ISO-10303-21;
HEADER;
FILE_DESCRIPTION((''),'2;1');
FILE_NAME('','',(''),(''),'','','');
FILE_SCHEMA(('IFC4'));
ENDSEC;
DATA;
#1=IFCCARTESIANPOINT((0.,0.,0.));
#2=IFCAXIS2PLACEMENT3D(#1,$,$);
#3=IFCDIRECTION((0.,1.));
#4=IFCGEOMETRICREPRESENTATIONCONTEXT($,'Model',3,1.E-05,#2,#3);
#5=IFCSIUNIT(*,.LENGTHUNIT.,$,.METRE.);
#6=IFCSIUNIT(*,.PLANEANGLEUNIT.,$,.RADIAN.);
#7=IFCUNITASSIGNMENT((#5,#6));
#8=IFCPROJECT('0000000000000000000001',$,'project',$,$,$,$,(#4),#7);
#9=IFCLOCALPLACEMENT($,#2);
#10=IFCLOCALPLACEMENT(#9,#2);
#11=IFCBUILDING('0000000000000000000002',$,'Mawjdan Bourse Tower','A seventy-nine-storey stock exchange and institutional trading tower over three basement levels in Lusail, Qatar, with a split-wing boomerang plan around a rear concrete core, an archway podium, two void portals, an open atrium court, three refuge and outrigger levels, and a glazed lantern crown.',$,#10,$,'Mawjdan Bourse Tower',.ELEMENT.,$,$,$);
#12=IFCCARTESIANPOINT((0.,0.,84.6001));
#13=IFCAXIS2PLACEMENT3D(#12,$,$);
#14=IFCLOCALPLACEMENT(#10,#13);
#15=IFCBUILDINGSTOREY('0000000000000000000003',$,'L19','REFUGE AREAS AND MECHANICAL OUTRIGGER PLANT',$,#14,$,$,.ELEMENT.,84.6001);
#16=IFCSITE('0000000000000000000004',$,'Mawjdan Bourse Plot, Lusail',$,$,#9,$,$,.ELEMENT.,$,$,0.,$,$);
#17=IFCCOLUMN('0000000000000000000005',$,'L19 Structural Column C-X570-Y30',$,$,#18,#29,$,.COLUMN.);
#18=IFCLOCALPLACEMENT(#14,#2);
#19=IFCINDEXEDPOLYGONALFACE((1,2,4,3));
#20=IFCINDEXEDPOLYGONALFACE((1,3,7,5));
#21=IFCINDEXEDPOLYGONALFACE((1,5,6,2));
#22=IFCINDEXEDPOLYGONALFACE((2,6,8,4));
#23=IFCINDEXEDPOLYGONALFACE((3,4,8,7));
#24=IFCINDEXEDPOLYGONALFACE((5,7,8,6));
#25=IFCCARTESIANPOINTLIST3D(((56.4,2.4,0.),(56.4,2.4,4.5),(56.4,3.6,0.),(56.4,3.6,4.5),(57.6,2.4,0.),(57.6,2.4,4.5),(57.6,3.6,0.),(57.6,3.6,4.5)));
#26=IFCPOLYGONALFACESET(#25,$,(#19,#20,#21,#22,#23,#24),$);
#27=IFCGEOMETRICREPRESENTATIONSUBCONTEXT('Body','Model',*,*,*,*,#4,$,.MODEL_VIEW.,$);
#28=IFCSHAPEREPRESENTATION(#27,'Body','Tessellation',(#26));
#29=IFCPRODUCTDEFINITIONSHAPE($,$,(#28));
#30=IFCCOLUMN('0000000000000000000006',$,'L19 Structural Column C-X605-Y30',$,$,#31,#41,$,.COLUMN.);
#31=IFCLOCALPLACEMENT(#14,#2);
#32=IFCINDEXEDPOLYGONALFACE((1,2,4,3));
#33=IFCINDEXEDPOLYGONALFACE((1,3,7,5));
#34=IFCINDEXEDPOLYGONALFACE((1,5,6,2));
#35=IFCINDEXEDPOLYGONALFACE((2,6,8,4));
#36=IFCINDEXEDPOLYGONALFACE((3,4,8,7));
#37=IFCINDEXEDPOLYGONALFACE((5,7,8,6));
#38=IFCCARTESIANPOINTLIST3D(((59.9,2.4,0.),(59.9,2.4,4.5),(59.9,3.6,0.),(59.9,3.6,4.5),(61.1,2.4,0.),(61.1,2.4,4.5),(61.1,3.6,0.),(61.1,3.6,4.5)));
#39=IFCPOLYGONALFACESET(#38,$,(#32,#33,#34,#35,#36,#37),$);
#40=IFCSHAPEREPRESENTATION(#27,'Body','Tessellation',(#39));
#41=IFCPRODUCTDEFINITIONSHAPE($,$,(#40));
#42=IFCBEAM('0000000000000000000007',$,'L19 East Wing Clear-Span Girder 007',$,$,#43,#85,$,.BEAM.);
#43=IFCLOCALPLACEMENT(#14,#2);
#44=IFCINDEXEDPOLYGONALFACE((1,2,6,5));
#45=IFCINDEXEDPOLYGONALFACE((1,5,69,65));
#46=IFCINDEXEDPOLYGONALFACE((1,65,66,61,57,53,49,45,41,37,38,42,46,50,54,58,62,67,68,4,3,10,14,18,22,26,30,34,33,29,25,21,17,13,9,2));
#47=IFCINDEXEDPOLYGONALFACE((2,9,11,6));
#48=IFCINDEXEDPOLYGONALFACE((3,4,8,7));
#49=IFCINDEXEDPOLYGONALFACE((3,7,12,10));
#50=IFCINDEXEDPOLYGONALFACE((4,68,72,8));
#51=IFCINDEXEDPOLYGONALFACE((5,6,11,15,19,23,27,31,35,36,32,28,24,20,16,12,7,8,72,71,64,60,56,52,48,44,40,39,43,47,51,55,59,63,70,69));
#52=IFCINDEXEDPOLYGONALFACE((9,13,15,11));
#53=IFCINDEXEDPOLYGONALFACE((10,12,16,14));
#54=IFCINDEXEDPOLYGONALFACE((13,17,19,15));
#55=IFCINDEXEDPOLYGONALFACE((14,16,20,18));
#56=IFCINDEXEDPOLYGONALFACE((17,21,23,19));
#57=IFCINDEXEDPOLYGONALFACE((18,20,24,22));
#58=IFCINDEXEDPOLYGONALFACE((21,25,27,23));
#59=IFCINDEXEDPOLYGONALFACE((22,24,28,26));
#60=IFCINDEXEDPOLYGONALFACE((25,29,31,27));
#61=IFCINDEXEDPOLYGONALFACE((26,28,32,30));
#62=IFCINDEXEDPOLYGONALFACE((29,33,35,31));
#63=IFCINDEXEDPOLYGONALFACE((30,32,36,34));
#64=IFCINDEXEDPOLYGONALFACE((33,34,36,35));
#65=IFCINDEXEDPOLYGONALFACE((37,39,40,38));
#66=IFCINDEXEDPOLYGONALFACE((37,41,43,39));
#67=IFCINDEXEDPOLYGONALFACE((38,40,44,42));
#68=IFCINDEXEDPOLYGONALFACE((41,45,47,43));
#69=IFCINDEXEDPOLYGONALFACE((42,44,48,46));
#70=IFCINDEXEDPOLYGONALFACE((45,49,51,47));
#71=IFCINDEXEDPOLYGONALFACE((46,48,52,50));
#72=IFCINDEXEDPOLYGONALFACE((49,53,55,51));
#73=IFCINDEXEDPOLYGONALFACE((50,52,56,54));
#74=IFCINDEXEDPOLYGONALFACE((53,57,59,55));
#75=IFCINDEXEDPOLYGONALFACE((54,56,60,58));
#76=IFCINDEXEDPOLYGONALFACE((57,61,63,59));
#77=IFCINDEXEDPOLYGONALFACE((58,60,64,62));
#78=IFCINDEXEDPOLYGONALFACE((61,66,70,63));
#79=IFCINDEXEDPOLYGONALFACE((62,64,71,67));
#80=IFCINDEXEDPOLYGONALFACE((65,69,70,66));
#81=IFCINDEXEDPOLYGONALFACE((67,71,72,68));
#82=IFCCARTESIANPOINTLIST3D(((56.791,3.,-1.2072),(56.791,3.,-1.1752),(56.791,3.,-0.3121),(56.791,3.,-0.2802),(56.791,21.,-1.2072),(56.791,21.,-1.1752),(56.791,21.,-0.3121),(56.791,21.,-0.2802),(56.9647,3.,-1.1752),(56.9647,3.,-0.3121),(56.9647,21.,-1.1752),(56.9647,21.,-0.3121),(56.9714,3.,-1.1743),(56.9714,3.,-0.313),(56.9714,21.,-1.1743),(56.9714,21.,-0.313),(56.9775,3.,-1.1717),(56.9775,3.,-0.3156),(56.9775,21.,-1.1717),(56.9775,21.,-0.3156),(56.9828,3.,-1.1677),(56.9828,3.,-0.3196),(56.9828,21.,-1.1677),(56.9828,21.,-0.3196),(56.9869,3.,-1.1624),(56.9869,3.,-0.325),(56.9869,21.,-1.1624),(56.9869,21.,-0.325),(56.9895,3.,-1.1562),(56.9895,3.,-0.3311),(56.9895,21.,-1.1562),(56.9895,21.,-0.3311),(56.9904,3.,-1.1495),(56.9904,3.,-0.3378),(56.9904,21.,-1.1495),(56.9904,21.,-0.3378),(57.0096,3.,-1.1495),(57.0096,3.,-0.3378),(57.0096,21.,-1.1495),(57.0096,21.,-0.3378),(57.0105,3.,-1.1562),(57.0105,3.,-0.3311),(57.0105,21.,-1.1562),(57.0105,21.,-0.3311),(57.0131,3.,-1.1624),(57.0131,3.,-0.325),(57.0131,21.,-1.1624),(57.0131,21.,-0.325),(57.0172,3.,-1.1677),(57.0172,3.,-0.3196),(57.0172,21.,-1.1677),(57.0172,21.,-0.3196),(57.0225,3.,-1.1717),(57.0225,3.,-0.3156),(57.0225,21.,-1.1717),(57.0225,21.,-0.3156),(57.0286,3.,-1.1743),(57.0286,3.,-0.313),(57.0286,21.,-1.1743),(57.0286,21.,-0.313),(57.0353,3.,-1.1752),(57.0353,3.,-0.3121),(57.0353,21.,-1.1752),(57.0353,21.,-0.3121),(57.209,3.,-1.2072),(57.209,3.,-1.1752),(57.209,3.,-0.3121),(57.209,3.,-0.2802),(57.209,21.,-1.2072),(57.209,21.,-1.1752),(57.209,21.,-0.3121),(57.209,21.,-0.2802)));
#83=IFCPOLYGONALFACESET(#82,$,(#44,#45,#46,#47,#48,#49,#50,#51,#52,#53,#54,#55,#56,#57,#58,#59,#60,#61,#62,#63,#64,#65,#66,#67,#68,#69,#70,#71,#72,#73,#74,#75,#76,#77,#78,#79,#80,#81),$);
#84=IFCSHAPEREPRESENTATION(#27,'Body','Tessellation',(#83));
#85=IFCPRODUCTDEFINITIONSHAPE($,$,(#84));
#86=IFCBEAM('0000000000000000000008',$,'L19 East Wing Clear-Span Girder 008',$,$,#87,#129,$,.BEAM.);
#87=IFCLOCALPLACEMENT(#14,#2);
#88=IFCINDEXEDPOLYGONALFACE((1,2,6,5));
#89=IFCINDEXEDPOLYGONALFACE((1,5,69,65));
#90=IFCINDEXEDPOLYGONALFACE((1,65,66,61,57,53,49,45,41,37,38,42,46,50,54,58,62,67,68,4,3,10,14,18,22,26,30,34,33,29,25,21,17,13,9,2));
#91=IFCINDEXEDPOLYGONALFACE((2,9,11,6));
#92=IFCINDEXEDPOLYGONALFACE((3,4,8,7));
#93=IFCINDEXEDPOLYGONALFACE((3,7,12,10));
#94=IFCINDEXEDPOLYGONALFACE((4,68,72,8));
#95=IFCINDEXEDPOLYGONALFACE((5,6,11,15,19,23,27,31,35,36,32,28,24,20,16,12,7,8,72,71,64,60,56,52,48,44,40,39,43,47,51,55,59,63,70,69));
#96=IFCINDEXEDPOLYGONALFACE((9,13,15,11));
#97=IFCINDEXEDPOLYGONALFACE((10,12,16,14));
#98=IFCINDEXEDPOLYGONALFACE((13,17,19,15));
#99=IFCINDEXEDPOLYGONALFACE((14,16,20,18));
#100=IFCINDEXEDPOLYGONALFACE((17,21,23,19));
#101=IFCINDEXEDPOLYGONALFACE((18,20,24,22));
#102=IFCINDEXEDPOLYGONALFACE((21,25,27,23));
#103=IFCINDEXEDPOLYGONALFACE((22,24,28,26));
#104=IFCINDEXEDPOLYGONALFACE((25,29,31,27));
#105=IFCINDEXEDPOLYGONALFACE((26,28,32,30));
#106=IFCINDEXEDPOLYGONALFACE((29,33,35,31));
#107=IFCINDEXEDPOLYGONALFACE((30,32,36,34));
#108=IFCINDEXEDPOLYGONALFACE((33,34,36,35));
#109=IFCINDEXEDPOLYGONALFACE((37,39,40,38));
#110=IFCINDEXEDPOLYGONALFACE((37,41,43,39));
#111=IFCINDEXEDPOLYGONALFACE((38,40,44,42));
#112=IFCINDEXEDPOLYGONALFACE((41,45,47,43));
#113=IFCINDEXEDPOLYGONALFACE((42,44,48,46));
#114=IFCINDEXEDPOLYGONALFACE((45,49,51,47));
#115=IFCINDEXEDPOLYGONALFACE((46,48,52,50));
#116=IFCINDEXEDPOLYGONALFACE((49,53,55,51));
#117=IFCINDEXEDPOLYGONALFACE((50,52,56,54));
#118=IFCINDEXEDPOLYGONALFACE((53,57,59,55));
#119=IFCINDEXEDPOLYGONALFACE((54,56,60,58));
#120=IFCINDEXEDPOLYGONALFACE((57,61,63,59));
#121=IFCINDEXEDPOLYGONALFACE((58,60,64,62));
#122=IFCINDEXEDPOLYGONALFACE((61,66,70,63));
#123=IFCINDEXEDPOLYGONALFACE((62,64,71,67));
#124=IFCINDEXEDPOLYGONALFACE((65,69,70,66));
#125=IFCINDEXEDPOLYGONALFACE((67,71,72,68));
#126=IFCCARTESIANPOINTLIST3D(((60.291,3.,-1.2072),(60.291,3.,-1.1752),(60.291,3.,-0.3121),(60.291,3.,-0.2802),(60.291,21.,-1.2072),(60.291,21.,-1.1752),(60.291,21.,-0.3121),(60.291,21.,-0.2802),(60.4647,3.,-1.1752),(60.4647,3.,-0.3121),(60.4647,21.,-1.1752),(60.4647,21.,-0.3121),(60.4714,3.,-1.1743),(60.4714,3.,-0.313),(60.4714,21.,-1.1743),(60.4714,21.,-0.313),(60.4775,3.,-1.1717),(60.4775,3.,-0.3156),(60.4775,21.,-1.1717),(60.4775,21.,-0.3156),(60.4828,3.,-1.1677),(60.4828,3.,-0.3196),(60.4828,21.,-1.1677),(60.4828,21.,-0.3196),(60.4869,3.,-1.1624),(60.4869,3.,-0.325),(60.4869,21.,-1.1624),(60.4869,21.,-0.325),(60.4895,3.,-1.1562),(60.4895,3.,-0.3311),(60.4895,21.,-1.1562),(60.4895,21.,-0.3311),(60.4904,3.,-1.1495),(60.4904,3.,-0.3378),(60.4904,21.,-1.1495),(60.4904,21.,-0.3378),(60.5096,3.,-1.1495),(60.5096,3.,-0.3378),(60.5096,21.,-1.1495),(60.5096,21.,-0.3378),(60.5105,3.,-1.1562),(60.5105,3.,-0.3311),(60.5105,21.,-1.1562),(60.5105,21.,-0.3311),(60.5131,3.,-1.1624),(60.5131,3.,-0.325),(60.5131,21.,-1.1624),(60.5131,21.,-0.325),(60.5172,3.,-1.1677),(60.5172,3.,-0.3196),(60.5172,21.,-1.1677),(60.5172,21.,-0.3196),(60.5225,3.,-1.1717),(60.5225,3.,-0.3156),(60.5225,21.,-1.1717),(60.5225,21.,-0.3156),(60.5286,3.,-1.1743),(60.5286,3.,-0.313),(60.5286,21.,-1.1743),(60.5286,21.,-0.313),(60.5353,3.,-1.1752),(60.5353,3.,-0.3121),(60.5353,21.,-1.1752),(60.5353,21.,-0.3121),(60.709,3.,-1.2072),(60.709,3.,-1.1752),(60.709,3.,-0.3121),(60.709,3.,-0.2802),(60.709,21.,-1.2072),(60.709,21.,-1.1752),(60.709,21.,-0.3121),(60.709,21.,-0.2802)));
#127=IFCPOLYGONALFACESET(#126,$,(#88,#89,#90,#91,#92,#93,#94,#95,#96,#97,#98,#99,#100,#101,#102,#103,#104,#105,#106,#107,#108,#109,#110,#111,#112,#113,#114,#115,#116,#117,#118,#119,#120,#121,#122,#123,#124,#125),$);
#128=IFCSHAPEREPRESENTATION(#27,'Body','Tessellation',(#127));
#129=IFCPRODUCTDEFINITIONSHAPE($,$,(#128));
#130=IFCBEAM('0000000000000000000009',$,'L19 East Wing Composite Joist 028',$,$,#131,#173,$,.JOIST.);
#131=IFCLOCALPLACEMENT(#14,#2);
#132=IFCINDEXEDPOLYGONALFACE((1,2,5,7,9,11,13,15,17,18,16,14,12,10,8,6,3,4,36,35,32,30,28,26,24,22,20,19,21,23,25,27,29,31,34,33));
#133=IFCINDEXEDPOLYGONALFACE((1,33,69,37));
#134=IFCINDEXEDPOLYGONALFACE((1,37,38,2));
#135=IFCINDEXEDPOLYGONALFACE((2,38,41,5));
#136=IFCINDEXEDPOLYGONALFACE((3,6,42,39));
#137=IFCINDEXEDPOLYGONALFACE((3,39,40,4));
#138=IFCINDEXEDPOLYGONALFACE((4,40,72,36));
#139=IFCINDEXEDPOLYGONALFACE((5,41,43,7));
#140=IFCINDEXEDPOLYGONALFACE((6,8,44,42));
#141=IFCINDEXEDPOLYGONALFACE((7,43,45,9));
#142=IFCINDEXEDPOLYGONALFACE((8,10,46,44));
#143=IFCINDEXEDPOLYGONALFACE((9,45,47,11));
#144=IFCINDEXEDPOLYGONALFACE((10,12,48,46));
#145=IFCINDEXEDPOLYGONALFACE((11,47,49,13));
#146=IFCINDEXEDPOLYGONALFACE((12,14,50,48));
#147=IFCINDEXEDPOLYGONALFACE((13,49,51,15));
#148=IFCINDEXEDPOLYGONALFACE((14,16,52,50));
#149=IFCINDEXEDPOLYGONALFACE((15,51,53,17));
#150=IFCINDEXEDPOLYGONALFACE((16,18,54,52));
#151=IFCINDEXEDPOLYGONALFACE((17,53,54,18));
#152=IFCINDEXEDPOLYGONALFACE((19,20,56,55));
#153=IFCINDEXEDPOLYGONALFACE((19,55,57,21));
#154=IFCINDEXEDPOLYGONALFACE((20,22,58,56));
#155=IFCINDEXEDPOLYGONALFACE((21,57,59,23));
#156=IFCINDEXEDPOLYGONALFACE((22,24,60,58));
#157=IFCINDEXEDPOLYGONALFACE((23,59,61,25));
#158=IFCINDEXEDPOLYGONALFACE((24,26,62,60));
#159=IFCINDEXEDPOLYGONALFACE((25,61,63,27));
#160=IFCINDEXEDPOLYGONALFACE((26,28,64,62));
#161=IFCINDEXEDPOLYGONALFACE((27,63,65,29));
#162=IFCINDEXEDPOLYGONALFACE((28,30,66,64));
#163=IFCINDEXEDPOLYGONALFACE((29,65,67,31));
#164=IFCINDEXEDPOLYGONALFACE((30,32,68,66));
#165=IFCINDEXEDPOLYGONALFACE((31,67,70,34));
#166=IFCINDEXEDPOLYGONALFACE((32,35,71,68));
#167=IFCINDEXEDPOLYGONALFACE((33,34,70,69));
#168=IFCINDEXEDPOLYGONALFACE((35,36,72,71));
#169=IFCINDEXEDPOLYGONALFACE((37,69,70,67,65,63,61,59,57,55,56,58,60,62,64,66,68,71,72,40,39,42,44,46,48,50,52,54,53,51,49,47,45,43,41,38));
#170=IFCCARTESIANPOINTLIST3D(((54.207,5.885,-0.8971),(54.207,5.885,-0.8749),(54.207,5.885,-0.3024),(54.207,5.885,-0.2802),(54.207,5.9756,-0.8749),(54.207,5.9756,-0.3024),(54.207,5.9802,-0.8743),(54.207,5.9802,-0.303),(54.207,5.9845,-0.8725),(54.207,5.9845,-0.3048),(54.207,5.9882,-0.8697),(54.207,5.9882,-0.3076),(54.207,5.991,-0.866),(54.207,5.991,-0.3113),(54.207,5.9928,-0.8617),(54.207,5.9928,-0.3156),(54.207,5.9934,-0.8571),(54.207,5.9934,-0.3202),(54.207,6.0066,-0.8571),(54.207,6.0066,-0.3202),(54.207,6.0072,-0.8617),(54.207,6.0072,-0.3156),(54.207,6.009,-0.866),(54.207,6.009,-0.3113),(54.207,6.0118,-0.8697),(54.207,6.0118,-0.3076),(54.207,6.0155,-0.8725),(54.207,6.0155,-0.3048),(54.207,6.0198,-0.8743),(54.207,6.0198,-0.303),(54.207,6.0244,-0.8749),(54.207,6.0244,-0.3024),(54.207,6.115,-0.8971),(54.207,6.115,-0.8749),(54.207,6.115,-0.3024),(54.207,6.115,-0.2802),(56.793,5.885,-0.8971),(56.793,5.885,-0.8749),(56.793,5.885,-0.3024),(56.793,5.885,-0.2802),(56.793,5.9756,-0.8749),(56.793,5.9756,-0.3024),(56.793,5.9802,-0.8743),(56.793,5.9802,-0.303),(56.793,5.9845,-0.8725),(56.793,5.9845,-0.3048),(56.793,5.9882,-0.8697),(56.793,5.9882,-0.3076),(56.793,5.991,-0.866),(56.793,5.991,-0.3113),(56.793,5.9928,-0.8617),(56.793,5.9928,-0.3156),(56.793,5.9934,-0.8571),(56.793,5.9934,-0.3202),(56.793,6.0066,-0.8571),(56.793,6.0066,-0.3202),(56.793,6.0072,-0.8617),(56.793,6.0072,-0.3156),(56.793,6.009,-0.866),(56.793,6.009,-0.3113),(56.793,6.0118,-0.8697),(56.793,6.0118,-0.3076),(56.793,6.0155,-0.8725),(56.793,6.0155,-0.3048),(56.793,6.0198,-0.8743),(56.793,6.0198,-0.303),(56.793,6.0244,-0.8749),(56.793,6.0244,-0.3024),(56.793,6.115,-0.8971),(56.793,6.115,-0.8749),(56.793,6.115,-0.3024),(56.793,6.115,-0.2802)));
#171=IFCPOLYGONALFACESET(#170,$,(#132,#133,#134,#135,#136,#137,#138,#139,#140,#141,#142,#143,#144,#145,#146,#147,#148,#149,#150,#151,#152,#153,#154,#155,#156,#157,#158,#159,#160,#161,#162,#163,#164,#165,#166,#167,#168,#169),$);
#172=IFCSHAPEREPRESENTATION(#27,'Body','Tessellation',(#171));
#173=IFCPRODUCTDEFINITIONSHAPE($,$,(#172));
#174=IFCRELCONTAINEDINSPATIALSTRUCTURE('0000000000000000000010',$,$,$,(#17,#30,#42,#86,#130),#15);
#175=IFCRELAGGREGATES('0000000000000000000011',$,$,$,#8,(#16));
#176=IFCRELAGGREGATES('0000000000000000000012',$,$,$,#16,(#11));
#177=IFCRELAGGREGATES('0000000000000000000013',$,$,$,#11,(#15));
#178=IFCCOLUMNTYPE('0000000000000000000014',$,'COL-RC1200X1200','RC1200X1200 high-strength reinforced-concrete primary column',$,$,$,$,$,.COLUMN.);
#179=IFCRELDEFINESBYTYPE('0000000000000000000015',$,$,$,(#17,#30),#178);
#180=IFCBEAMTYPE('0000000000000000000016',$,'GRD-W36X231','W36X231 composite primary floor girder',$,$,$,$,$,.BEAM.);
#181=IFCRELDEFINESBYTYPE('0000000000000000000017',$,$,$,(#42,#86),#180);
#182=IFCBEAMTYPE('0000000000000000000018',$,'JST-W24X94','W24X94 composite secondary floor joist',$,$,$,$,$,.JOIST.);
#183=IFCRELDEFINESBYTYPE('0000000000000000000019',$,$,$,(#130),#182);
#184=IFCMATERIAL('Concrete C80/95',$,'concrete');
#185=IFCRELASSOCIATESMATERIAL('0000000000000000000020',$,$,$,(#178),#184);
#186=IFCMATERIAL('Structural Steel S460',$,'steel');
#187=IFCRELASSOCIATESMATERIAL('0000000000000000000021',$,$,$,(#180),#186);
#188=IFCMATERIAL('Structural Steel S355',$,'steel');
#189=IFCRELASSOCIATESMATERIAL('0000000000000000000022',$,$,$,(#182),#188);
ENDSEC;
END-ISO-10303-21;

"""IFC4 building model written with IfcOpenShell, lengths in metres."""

from ifc_helpers import new_model, si_unit, direction, frame, origin, origin_2d, place, context, subcontext, project, spatial, rectangle, i_section, extrude, material, material_profile, profile_set, type_object, element, save


model = new_model("IFC4")

# Units and contexts
model_context = context("Model", 3, precision=1e-05, world=origin(), true_north=direction((0.0, 1.0)))
body_context = subcontext(model_context, "Body", "Model", "MODEL_VIEW")
ifc_project = project(units=[si_unit("LENGTHUNIT", "METRE"), si_unit("PLANEANGLEUNIT", "RADIAN")], contexts=[model_context])

# Site, building, storey
site_placement = place(None, origin())
site = spatial("IfcSite", under=ifc_project, at=site_placement, Name="Mawjdan Bourse Plot, Lusail", CompositionType="ELEMENT", RefElevation=0.0)
building_placement = place(site_placement, origin())
building = spatial("IfcBuilding", under=site, at=building_placement, Name="Mawjdan Bourse Tower", Description="A seventy-nine-storey stock exchange and institutional trading tower over three basement levels in Lusail, Qatar, with a split-wing boomerang plan around a rear concrete core, an archway podium, two void portals, an open atrium court, three refuge and outrigger levels, and a glazed lantern crown.", LongName="Mawjdan Bourse Tower", CompositionType="ELEMENT")
storey_placement = place(building_placement, frame((0.0, 0.0, 84.6001)))
storey = spatial("IfcBuildingStorey", under=building, at=storey_placement, Name="L19", Description="REFUGE AREAS AND MECHANICAL OUTRIGGER PLANT", CompositionType="ELEMENT", Elevation=84.6001)

# Columns
ifc_material_1 = material(Name="Concrete C80/95", Category="concrete")
ifc_material_profile_1 = material_profile(ifc_material_1, rectangle(XDim=1.2, YDim=1.2, at=origin_2d()), Name="RC1200X1200")
ifc_profile_set_1 = profile_set([ifc_material_profile_1], Name="Concrete C80/95")
column_type = type_object("IfcColumnType", Name="COL-RC1200X1200", Description="RC1200X1200 high-strength reinforced-concrete primary column", PredefinedType="COLUMN", material=ifc_profile_set_1)
for number, where, z_axis, x_axis, name in (
    (1, (57.0, 3.0, 0.0), (0.0, 0.0, 1.0), (1.0, 0.0, 0.0), "L19 Structural Column C-X570-Y30"),
    (2, (60.5, 3.0, 0.0), (0.0, 0.0, 1.0), (1.0, 0.0, 0.0), "L19 Structural Column C-X605-Y30"),
):
    element("IfcColumn", number, at=place(storey_placement, frame(where, z_axis=z_axis, x_axis=x_axis)), inside=storey, type_object=column_type, Name=name, PredefinedType="COLUMN", context=body_context, shape_type="SweptSolid", body=[
        extrude(rectangle(XDim=1.2, YDim=1.2, at=origin_2d()), origin(), (0.0, 0.0, 1.0), 4.5),
    ])

# Beams
ifc_material_2 = material(Name="Structural Steel S460", Category="steel")
ifc_material_profile_2 = material_profile(ifc_material_2, i_section(OverallWidth=0.418, OverallDepth=0.927, WebThickness=0.0193, FlangeThickness=0.032, FilletRadius=0.0256, at=origin_2d()), Name="W36X231")
ifc_profile_set_2 = profile_set([ifc_material_profile_2], Name="Structural Steel S460")
beam_type_1 = type_object("IfcBeamType", Name="GRD-W36X231", Description="W36X231 composite primary floor girder", PredefinedType="BEAM", material=ifc_profile_set_2)
for number, where, z_axis, x_axis, name in (
    (3, (57.0, 3.0, -0.7437), (0.0, 1.0, 0.0), (-1.0, 0.0, 0.0), "L19 East Wing Clear-Span Girder 007"),
    (4, (60.5, 3.0, -0.7437), (0.0, 1.0, 0.0), (-1.0, 0.0, 0.0), "L19 East Wing Clear-Span Girder 008"),
):
    element("IfcBeam", number, at=place(storey_placement, frame(where, z_axis=z_axis, x_axis=x_axis)), inside=storey, type_object=beam_type_1, Name=name, PredefinedType="BEAM", context=body_context, shape_type="SweptSolid", body=[
        extrude(i_section(OverallWidth=0.418, OverallDepth=0.927, WebThickness=0.0193, FlangeThickness=0.032, FilletRadius=0.0256, at=origin_2d()), origin(), (0.0, 0.0, 1.0), 18.0),
    ])
ifc_material_3 = material(Name="Structural Steel S355", Category="steel")
ifc_material_profile_3 = material_profile(ifc_material_3, i_section(OverallWidth=0.23, OverallDepth=0.6169, WebThickness=0.0132, FlangeThickness=0.0222, FilletRadius=0.0178, at=origin_2d()), Name="W24X94")
ifc_profile_set_3 = profile_set([ifc_material_profile_3], Name="Structural Steel S355")
beam_type_2 = type_object("IfcBeamType", Name="JST-W24X94", Description="W24X94 composite secondary floor joist", PredefinedType="JOIST", material=ifc_profile_set_3)
beam_1_placement = place(storey_placement, frame((54.207, 6.0, -0.5886), z_axis=(1.0, 0.0, 0.0), x_axis=(0.0, 1.0, 0.0)))
element("IfcBeam", 5, at=beam_1_placement, inside=storey, type_object=beam_type_2, Name="L19 East Wing Composite Joist 028", PredefinedType="JOIST", context=body_context, shape_type="SweptSolid", body=[
    extrude(i_section(OverallWidth=0.23, OverallDepth=0.6169, WebThickness=0.0132, FlangeThickness=0.0222, FilletRadius=0.0178, at=origin_2d()), origin(), (0.0, 0.0, 1.0), 2.5859),
])

save(model, "model.ifc")
